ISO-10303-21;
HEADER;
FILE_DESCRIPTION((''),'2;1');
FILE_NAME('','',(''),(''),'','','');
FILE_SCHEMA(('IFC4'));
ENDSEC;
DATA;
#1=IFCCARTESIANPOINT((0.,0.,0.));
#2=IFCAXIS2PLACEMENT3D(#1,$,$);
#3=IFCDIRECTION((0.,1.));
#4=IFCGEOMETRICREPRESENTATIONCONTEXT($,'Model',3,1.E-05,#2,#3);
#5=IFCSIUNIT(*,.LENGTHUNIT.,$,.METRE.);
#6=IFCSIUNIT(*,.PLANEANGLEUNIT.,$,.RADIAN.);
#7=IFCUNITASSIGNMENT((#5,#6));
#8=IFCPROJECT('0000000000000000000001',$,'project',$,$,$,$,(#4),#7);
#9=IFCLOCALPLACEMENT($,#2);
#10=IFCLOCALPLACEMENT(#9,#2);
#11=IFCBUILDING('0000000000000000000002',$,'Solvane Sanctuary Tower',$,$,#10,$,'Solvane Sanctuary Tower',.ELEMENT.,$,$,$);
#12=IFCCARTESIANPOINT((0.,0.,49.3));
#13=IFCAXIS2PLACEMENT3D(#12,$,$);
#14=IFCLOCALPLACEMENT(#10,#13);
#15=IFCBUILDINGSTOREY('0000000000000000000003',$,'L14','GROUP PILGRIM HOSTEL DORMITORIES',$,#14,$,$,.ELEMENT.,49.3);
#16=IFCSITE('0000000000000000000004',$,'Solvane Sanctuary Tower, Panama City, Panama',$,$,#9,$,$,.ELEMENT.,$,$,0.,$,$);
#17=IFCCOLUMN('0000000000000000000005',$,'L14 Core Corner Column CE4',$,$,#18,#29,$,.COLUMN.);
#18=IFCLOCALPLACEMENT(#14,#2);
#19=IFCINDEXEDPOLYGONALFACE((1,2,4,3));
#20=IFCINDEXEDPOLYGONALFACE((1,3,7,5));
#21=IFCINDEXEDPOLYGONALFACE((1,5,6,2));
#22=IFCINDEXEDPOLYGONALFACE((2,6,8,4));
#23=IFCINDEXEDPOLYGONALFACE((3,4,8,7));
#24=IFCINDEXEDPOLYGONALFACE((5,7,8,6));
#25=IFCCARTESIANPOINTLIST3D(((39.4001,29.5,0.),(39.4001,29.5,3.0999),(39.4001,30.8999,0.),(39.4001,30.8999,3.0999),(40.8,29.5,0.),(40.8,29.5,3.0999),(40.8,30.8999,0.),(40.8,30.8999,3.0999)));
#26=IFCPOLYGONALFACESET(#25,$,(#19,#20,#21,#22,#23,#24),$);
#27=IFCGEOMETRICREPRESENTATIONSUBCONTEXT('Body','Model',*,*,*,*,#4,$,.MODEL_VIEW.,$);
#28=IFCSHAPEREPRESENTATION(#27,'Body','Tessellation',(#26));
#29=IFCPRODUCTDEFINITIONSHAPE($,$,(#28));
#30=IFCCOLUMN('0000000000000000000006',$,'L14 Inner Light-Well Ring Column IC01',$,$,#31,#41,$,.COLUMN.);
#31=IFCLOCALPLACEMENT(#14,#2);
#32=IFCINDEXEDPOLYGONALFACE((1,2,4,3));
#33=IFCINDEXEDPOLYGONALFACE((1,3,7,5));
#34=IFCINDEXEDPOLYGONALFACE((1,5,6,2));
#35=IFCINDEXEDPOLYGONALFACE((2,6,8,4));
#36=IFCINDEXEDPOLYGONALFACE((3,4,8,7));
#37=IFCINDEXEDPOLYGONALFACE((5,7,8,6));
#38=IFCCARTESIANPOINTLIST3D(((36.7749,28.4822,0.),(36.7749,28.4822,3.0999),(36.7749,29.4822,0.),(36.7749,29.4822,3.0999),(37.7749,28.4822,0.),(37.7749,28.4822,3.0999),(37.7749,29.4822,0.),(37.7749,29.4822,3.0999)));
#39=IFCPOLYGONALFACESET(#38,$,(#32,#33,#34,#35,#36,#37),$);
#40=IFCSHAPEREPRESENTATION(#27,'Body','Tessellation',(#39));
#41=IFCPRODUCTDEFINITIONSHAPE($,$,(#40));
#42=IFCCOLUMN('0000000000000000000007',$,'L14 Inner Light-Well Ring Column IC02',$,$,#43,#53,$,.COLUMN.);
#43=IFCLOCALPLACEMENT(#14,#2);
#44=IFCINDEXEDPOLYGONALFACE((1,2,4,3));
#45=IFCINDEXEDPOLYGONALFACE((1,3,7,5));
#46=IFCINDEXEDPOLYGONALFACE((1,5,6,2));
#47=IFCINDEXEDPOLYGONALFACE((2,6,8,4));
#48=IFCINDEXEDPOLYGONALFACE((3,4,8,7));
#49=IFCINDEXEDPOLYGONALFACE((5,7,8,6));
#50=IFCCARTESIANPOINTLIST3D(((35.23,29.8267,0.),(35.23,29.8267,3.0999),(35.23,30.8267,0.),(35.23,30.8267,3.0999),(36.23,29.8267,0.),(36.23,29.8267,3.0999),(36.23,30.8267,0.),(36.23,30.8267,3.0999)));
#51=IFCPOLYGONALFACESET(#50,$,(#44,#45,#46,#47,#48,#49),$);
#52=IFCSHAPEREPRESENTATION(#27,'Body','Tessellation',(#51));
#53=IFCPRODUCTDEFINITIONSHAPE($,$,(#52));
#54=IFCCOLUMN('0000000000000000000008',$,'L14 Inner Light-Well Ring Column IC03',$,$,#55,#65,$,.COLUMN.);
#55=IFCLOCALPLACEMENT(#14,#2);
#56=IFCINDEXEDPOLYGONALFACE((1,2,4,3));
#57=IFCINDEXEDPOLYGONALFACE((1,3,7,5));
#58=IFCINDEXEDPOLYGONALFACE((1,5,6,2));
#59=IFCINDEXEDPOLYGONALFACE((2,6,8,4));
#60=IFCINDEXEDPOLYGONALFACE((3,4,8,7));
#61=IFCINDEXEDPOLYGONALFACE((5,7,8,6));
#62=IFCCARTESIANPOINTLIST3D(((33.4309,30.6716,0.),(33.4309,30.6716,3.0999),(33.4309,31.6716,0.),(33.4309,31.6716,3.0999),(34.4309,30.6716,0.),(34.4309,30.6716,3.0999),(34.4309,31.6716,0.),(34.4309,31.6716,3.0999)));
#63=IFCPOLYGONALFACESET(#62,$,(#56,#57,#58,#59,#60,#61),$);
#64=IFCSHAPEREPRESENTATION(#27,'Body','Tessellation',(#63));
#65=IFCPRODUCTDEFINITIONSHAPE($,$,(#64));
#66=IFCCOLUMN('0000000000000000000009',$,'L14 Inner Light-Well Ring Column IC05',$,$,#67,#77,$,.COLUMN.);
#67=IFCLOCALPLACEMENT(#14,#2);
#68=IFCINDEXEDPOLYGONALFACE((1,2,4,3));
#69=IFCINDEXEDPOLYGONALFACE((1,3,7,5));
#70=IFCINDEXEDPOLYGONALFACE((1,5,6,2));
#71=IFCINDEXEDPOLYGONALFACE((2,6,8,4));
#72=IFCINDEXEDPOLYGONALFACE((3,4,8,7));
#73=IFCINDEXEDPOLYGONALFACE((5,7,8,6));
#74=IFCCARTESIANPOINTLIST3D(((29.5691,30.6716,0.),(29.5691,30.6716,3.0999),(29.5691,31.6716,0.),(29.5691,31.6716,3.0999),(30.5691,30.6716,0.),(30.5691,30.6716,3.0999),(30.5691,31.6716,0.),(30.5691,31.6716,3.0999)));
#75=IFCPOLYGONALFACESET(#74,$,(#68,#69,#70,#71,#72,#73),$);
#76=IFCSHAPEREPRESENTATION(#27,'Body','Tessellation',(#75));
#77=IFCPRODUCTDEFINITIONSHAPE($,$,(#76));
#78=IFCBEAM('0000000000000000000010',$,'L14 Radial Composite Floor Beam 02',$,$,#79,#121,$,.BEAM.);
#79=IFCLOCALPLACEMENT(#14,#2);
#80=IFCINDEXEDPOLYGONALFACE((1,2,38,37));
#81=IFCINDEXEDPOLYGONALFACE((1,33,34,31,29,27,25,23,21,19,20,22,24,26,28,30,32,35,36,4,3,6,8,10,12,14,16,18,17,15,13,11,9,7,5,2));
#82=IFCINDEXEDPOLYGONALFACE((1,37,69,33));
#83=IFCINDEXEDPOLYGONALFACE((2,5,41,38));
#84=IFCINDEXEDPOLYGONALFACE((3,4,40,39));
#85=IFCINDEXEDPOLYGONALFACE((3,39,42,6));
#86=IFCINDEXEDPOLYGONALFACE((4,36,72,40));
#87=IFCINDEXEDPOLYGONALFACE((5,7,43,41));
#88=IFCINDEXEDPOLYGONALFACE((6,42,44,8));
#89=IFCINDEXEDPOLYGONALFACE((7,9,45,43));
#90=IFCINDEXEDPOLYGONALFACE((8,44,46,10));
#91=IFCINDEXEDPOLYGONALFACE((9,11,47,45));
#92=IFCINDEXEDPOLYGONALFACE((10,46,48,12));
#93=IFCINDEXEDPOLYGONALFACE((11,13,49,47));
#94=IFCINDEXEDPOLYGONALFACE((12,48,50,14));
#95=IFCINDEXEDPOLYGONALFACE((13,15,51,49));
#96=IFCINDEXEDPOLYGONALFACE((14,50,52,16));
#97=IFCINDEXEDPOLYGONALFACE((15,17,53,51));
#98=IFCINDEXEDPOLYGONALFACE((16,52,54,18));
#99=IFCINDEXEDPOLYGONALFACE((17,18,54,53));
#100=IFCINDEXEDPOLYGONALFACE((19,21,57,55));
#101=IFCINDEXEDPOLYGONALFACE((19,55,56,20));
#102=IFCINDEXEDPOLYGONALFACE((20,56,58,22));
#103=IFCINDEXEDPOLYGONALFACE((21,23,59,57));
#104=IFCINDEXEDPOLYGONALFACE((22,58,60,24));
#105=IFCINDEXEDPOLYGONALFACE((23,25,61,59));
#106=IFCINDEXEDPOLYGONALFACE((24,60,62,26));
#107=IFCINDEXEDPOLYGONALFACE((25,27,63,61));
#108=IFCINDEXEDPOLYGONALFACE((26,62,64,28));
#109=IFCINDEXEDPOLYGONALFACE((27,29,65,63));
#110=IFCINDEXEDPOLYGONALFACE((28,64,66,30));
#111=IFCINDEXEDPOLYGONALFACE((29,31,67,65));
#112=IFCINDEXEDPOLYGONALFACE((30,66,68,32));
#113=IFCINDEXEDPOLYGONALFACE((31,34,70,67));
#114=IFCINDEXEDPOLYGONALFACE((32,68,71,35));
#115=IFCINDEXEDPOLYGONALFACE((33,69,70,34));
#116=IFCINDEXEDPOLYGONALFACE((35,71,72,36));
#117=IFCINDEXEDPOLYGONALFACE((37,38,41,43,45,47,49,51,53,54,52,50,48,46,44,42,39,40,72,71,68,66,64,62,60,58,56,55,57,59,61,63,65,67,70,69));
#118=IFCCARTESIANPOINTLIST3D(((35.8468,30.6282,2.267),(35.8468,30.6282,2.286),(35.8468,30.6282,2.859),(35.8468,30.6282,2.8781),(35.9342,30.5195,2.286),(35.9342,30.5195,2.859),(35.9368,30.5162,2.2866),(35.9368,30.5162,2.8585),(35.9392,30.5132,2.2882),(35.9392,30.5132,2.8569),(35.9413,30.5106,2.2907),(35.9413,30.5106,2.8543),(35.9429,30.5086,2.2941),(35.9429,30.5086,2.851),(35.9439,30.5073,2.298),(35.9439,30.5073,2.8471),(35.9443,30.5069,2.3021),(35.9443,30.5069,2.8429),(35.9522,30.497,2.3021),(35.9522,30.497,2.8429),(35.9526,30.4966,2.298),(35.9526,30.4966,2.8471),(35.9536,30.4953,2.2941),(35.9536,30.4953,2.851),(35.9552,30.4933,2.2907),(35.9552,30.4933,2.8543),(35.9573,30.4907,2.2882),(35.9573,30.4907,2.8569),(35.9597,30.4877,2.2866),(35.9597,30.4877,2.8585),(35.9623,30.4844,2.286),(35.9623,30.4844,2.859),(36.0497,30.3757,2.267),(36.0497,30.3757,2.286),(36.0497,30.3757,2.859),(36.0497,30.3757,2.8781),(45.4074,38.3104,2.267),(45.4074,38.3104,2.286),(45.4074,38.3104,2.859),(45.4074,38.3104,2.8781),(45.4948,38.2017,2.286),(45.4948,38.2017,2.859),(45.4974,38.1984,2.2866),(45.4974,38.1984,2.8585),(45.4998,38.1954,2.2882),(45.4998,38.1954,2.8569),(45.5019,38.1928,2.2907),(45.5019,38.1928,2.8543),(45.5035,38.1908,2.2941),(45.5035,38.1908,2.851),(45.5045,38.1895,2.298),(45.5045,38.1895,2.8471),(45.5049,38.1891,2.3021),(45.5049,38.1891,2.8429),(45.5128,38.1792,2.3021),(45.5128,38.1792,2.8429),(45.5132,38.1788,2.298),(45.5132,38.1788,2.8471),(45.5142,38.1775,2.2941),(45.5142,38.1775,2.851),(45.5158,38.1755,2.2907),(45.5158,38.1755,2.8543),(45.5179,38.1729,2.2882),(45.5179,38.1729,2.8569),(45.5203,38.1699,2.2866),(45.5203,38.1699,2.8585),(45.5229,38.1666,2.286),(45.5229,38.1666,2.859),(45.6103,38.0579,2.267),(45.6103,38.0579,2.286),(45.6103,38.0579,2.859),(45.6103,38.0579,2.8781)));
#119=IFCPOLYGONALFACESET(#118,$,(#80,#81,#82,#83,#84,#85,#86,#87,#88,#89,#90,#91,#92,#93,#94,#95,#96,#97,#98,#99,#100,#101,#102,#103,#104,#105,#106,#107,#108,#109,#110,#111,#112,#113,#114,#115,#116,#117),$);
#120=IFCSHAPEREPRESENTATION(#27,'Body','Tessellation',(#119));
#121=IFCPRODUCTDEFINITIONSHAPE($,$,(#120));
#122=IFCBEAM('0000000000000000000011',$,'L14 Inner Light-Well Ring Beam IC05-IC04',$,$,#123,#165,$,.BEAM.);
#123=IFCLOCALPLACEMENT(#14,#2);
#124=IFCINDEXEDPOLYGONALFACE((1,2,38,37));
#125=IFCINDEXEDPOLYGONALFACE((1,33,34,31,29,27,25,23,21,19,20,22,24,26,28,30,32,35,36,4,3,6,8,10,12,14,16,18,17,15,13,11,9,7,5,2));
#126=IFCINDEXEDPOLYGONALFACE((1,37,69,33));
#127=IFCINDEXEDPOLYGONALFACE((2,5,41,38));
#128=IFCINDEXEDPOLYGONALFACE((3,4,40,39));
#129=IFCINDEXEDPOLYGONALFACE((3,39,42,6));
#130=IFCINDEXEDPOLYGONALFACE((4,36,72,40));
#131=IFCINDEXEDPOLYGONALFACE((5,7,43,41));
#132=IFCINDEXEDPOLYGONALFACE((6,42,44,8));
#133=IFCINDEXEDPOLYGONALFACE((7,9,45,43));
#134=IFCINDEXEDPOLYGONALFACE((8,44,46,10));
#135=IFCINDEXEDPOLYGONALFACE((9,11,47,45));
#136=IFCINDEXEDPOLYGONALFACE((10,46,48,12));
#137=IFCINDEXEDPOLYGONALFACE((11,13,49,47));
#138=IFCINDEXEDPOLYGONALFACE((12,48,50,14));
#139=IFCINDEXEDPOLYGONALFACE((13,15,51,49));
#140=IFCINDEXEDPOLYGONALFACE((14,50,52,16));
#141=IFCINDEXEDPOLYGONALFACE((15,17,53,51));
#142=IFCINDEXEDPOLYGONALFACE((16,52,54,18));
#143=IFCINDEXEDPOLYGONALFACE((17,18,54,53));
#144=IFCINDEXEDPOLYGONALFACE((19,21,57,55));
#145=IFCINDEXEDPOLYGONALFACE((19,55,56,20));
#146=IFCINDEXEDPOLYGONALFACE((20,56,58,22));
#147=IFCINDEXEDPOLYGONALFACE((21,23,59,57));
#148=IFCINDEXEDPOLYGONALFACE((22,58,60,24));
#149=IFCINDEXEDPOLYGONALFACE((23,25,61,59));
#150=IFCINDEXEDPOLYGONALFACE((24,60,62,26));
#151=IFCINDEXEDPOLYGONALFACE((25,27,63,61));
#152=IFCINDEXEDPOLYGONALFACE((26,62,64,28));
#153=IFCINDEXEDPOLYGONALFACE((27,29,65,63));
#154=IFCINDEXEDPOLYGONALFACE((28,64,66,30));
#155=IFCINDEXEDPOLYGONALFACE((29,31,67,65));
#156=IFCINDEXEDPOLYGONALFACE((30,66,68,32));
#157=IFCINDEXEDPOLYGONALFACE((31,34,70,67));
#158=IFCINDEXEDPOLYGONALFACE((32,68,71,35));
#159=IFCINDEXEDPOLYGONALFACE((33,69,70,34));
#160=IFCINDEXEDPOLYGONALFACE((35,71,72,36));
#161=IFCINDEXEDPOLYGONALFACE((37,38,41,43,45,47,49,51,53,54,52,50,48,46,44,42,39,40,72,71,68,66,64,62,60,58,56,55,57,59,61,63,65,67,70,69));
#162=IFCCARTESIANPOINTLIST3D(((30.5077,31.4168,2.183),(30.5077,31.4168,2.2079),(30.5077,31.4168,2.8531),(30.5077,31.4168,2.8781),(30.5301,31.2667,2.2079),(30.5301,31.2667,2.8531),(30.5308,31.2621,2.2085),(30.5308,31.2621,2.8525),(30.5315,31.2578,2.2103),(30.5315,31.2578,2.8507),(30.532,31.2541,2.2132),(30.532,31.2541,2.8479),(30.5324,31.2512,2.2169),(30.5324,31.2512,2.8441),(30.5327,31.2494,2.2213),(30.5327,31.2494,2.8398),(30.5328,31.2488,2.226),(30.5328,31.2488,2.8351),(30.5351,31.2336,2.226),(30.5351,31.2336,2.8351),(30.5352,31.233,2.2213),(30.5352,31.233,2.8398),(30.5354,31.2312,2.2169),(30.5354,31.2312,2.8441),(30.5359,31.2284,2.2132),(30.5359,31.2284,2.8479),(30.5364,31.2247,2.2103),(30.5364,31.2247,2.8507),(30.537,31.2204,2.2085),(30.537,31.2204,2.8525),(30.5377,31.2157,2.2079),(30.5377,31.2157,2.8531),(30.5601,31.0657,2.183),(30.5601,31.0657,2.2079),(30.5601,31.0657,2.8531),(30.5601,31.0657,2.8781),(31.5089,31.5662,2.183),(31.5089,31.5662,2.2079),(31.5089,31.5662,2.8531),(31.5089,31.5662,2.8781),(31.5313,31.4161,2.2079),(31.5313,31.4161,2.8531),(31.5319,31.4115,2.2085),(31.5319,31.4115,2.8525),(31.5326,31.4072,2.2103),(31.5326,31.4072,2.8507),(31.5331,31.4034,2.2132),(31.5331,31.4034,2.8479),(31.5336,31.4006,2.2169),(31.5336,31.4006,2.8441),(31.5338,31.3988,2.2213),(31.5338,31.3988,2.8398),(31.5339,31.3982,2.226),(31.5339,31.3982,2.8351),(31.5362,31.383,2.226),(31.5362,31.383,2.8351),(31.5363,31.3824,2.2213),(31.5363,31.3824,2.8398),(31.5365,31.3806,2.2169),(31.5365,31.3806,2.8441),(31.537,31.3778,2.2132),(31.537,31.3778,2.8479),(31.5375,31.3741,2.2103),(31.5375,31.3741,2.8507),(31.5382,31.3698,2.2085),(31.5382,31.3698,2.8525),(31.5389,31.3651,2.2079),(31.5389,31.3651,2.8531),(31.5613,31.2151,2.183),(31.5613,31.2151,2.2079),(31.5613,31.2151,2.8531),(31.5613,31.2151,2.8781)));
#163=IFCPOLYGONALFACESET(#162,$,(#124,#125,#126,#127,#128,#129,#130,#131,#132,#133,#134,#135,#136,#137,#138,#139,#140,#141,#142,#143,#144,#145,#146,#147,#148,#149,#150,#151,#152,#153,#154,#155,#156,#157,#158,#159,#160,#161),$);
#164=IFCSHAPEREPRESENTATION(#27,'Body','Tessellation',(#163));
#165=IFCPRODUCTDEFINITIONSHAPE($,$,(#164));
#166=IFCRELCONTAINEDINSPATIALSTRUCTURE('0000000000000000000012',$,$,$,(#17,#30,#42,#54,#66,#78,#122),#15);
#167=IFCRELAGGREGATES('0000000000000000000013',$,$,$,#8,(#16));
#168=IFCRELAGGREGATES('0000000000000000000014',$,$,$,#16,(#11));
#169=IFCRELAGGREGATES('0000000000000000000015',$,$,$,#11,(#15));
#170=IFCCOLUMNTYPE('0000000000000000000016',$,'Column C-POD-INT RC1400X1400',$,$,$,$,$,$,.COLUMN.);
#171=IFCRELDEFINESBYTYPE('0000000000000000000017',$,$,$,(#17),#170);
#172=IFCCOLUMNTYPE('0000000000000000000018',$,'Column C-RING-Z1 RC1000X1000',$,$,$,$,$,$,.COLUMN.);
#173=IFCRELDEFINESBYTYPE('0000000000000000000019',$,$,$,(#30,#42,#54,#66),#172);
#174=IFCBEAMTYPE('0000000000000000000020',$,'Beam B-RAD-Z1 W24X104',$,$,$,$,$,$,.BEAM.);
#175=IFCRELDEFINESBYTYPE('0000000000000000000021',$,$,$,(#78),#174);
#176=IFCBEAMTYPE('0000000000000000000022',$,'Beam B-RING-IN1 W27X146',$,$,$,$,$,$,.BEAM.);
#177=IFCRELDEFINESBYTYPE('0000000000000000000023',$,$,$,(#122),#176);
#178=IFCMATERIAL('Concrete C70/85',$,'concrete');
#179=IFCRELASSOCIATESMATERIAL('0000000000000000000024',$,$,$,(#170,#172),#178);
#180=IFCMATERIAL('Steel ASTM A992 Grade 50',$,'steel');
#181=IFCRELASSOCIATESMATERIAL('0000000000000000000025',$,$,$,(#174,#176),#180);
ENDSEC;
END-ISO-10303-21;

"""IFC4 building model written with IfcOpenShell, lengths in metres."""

from ifc_helpers import new_model, si_unit, direction, frame, origin, origin_2d, place, context, subcontext, project, spatial, rectangle, i_section, extrude, material, material_profile, profile_set, type_object, element, save


model = new_model("IFC4")

# Units and contexts
model_context = context("Model", 3, precision=1e-05, world=origin(), true_north=direction((0.0, 1.0)))
body_context = subcontext(model_context, "Body", "Model", "MODEL_VIEW")
ifc_project = project(units=[si_unit("LENGTHUNIT", "METRE"), si_unit("PLANEANGLEUNIT", "RADIAN")], contexts=[model_context])

# Site, building, storey
site_placement = place(None, origin())
site = spatial("IfcSite", under=ifc_project, at=site_placement, Name="Solvane Sanctuary Tower, Panama City, Panama", CompositionType="ELEMENT", RefElevation=0.0)
building_placement = place(site_placement, origin())
building = spatial("IfcBuilding", under=site, at=building_placement, Name="Solvane Sanctuary Tower", LongName="Solvane Sanctuary Tower", CompositionType="ELEMENT")
storey_placement = place(building_placement, frame((0.0, 0.0, 49.3)))
storey = spatial("IfcBuildingStorey", under=building, at=storey_placement, Name="L14", Description="GROUP PILGRIM HOSTEL DORMITORIES", CompositionType="ELEMENT", Elevation=49.3)

# Columns
ifc_material_1 = material(Name="Concrete C70/85", Category="concrete")
ifc_material_profile_1 = material_profile(ifc_material_1, rectangle(XDim=1.3999, YDim=1.3999, at=origin_2d()), Name="RC1400X1400")
ifc_profile_set_1 = profile_set([ifc_material_profile_1], Name="Concrete C70/85")
column_type_1 = type_object("IfcColumnType", Name="Column C-POD-INT RC1400X1400", PredefinedType="COLUMN", material=ifc_profile_set_1)
column_placement = place(storey_placement, frame((40.1001, 30.2, 0.0), z_axis=(0.0, 0.0, 1.0), x_axis=(1.0, 0.0, 0.0)))
element("IfcColumn", 1, at=column_placement, inside=storey, type_object=column_type_1, Name="L14 Core Corner Column CE4", PredefinedType="COLUMN", context=body_context, shape_type="SweptSolid", body=[
    extrude(rectangle(XDim=1.3999, YDim=1.3999, at=origin_2d()), origin(), (0.0, 0.0, 1.0), 3.0999),
])
ifc_material_profile_2 = material_profile(ifc_material_1, rectangle(XDim=1.0, YDim=1.0, at=origin_2d()), Name="RC1000X1000")
ifc_profile_set_2 = profile_set([ifc_material_profile_2], Name="Concrete C70/85")
column_type_2 = type_object("IfcColumnType", Name="Column C-RING-Z1 RC1000X1000", PredefinedType="COLUMN", material=ifc_profile_set_2)
for number, where, z_axis, x_axis, name in (
    (2, (37.2749, 28.9822, 0.0), (0.0, 0.0, 1.0), (1.0, 0.0, 0.0), "L14 Inner Light-Well Ring Column IC01"),
    (3, (35.73, 30.3267, 0.0), (0.0, 0.0, 1.0), (1.0, 0.0, 0.0), "L14 Inner Light-Well Ring Column IC02"),
    (4, (33.9309, 31.1716, 0.0), (0.0, 0.0, 1.0), (1.0, 0.0, 0.0), "L14 Inner Light-Well Ring Column IC03"),
    (5, (30.0691, 31.1716, 0.0), (0.0, 0.0, 1.0), (1.0, 0.0, 0.0), "L14 Inner Light-Well Ring Column IC05"),
):
    element("IfcColumn", number, at=place(storey_placement, frame(where, z_axis=z_axis, x_axis=x_axis)), inside=storey, type_object=column_type_2, Name=name, PredefinedType="COLUMN", context=body_context, shape_type="SweptSolid", body=[
        extrude(rectangle(XDim=1.0, YDim=1.0, at=origin_2d()), origin(), (0.0, 0.0, 1.0), 3.0999),
    ])

# Beams
ifc_material_2 = material(Name="Steel ASTM A992 Grade 50", Category="steel")
ifc_material_profile_3 = material_profile(ifc_material_2, i_section(OverallWidth=0.324, OverallDepth=0.6111, WebThickness=0.0127, FlangeThickness=0.019, FilletRadius=0.0161, at=origin_2d()), Name="W24X104")
ifc_profile_set_3 = profile_set([ifc_material_profile_3], Name="Steel ASTM A992 Grade 50")
beam_type_1 = type_object("IfcBeamType", Name="Beam B-RAD-Z1 W24X104", PredefinedType="BEAM", material=ifc_profile_set_3)
beam_1_placement = place(storey_placement, frame((35.9482, 30.502, 2.5725), z_axis=(0.779527, 0.626369, 0.0), x_axis=(-0.626369, 0.779527, 0.0)))
element("IfcBeam", 6, at=beam_1_placement, inside=storey, type_object=beam_type_1, Name="L14 Radial Composite Floor Beam 02", PredefinedType="BEAM", context=body_context, shape_type="SweptSolid", body=[
    extrude(i_section(OverallWidth=0.324, OverallDepth=0.6111, WebThickness=0.0127, FlangeThickness=0.019, FilletRadius=0.0161, at=origin_2d()), origin(), (0.0, 0.0, 1.0), 12.2646),
])
ifc_material_profile_4 = material_profile(ifc_material_2, i_section(OverallWidth=0.355, OverallDepth=0.6951, WebThickness=0.0154, FlangeThickness=0.0249, FilletRadius=0.0181, at=origin_2d()), Name="W27X146")
ifc_profile_set_4 = profile_set([ifc_material_profile_4], Name="Steel ASTM A992 Grade 50")
beam_type_2 = type_object("IfcBeamType", Name="Beam B-RING-IN1 W27X146", PredefinedType="BEAM", material=ifc_profile_set_4)
beam_2_placement = place(storey_placement, frame((30.5339, 31.2412, 2.5305), z_axis=(0.989048, 0.147597, 0.0), x_axis=(-0.147597, 0.989048, 0.0)))
element("IfcBeam", 7, at=beam_2_placement, inside=storey, type_object=beam_type_2, Name="L14 Inner Light-Well Ring Beam IC05-IC04", PredefinedType="BEAM", context=body_context, shape_type="SweptSolid", body=[
    extrude(i_section(OverallWidth=0.355, OverallDepth=0.6951, WebThickness=0.0154, FlangeThickness=0.0249, FilletRadius=0.0181, at=origin_2d()), origin(), (0.0, 0.0, 1.0), 1.0122),
])

save(model, "model.ifc")
